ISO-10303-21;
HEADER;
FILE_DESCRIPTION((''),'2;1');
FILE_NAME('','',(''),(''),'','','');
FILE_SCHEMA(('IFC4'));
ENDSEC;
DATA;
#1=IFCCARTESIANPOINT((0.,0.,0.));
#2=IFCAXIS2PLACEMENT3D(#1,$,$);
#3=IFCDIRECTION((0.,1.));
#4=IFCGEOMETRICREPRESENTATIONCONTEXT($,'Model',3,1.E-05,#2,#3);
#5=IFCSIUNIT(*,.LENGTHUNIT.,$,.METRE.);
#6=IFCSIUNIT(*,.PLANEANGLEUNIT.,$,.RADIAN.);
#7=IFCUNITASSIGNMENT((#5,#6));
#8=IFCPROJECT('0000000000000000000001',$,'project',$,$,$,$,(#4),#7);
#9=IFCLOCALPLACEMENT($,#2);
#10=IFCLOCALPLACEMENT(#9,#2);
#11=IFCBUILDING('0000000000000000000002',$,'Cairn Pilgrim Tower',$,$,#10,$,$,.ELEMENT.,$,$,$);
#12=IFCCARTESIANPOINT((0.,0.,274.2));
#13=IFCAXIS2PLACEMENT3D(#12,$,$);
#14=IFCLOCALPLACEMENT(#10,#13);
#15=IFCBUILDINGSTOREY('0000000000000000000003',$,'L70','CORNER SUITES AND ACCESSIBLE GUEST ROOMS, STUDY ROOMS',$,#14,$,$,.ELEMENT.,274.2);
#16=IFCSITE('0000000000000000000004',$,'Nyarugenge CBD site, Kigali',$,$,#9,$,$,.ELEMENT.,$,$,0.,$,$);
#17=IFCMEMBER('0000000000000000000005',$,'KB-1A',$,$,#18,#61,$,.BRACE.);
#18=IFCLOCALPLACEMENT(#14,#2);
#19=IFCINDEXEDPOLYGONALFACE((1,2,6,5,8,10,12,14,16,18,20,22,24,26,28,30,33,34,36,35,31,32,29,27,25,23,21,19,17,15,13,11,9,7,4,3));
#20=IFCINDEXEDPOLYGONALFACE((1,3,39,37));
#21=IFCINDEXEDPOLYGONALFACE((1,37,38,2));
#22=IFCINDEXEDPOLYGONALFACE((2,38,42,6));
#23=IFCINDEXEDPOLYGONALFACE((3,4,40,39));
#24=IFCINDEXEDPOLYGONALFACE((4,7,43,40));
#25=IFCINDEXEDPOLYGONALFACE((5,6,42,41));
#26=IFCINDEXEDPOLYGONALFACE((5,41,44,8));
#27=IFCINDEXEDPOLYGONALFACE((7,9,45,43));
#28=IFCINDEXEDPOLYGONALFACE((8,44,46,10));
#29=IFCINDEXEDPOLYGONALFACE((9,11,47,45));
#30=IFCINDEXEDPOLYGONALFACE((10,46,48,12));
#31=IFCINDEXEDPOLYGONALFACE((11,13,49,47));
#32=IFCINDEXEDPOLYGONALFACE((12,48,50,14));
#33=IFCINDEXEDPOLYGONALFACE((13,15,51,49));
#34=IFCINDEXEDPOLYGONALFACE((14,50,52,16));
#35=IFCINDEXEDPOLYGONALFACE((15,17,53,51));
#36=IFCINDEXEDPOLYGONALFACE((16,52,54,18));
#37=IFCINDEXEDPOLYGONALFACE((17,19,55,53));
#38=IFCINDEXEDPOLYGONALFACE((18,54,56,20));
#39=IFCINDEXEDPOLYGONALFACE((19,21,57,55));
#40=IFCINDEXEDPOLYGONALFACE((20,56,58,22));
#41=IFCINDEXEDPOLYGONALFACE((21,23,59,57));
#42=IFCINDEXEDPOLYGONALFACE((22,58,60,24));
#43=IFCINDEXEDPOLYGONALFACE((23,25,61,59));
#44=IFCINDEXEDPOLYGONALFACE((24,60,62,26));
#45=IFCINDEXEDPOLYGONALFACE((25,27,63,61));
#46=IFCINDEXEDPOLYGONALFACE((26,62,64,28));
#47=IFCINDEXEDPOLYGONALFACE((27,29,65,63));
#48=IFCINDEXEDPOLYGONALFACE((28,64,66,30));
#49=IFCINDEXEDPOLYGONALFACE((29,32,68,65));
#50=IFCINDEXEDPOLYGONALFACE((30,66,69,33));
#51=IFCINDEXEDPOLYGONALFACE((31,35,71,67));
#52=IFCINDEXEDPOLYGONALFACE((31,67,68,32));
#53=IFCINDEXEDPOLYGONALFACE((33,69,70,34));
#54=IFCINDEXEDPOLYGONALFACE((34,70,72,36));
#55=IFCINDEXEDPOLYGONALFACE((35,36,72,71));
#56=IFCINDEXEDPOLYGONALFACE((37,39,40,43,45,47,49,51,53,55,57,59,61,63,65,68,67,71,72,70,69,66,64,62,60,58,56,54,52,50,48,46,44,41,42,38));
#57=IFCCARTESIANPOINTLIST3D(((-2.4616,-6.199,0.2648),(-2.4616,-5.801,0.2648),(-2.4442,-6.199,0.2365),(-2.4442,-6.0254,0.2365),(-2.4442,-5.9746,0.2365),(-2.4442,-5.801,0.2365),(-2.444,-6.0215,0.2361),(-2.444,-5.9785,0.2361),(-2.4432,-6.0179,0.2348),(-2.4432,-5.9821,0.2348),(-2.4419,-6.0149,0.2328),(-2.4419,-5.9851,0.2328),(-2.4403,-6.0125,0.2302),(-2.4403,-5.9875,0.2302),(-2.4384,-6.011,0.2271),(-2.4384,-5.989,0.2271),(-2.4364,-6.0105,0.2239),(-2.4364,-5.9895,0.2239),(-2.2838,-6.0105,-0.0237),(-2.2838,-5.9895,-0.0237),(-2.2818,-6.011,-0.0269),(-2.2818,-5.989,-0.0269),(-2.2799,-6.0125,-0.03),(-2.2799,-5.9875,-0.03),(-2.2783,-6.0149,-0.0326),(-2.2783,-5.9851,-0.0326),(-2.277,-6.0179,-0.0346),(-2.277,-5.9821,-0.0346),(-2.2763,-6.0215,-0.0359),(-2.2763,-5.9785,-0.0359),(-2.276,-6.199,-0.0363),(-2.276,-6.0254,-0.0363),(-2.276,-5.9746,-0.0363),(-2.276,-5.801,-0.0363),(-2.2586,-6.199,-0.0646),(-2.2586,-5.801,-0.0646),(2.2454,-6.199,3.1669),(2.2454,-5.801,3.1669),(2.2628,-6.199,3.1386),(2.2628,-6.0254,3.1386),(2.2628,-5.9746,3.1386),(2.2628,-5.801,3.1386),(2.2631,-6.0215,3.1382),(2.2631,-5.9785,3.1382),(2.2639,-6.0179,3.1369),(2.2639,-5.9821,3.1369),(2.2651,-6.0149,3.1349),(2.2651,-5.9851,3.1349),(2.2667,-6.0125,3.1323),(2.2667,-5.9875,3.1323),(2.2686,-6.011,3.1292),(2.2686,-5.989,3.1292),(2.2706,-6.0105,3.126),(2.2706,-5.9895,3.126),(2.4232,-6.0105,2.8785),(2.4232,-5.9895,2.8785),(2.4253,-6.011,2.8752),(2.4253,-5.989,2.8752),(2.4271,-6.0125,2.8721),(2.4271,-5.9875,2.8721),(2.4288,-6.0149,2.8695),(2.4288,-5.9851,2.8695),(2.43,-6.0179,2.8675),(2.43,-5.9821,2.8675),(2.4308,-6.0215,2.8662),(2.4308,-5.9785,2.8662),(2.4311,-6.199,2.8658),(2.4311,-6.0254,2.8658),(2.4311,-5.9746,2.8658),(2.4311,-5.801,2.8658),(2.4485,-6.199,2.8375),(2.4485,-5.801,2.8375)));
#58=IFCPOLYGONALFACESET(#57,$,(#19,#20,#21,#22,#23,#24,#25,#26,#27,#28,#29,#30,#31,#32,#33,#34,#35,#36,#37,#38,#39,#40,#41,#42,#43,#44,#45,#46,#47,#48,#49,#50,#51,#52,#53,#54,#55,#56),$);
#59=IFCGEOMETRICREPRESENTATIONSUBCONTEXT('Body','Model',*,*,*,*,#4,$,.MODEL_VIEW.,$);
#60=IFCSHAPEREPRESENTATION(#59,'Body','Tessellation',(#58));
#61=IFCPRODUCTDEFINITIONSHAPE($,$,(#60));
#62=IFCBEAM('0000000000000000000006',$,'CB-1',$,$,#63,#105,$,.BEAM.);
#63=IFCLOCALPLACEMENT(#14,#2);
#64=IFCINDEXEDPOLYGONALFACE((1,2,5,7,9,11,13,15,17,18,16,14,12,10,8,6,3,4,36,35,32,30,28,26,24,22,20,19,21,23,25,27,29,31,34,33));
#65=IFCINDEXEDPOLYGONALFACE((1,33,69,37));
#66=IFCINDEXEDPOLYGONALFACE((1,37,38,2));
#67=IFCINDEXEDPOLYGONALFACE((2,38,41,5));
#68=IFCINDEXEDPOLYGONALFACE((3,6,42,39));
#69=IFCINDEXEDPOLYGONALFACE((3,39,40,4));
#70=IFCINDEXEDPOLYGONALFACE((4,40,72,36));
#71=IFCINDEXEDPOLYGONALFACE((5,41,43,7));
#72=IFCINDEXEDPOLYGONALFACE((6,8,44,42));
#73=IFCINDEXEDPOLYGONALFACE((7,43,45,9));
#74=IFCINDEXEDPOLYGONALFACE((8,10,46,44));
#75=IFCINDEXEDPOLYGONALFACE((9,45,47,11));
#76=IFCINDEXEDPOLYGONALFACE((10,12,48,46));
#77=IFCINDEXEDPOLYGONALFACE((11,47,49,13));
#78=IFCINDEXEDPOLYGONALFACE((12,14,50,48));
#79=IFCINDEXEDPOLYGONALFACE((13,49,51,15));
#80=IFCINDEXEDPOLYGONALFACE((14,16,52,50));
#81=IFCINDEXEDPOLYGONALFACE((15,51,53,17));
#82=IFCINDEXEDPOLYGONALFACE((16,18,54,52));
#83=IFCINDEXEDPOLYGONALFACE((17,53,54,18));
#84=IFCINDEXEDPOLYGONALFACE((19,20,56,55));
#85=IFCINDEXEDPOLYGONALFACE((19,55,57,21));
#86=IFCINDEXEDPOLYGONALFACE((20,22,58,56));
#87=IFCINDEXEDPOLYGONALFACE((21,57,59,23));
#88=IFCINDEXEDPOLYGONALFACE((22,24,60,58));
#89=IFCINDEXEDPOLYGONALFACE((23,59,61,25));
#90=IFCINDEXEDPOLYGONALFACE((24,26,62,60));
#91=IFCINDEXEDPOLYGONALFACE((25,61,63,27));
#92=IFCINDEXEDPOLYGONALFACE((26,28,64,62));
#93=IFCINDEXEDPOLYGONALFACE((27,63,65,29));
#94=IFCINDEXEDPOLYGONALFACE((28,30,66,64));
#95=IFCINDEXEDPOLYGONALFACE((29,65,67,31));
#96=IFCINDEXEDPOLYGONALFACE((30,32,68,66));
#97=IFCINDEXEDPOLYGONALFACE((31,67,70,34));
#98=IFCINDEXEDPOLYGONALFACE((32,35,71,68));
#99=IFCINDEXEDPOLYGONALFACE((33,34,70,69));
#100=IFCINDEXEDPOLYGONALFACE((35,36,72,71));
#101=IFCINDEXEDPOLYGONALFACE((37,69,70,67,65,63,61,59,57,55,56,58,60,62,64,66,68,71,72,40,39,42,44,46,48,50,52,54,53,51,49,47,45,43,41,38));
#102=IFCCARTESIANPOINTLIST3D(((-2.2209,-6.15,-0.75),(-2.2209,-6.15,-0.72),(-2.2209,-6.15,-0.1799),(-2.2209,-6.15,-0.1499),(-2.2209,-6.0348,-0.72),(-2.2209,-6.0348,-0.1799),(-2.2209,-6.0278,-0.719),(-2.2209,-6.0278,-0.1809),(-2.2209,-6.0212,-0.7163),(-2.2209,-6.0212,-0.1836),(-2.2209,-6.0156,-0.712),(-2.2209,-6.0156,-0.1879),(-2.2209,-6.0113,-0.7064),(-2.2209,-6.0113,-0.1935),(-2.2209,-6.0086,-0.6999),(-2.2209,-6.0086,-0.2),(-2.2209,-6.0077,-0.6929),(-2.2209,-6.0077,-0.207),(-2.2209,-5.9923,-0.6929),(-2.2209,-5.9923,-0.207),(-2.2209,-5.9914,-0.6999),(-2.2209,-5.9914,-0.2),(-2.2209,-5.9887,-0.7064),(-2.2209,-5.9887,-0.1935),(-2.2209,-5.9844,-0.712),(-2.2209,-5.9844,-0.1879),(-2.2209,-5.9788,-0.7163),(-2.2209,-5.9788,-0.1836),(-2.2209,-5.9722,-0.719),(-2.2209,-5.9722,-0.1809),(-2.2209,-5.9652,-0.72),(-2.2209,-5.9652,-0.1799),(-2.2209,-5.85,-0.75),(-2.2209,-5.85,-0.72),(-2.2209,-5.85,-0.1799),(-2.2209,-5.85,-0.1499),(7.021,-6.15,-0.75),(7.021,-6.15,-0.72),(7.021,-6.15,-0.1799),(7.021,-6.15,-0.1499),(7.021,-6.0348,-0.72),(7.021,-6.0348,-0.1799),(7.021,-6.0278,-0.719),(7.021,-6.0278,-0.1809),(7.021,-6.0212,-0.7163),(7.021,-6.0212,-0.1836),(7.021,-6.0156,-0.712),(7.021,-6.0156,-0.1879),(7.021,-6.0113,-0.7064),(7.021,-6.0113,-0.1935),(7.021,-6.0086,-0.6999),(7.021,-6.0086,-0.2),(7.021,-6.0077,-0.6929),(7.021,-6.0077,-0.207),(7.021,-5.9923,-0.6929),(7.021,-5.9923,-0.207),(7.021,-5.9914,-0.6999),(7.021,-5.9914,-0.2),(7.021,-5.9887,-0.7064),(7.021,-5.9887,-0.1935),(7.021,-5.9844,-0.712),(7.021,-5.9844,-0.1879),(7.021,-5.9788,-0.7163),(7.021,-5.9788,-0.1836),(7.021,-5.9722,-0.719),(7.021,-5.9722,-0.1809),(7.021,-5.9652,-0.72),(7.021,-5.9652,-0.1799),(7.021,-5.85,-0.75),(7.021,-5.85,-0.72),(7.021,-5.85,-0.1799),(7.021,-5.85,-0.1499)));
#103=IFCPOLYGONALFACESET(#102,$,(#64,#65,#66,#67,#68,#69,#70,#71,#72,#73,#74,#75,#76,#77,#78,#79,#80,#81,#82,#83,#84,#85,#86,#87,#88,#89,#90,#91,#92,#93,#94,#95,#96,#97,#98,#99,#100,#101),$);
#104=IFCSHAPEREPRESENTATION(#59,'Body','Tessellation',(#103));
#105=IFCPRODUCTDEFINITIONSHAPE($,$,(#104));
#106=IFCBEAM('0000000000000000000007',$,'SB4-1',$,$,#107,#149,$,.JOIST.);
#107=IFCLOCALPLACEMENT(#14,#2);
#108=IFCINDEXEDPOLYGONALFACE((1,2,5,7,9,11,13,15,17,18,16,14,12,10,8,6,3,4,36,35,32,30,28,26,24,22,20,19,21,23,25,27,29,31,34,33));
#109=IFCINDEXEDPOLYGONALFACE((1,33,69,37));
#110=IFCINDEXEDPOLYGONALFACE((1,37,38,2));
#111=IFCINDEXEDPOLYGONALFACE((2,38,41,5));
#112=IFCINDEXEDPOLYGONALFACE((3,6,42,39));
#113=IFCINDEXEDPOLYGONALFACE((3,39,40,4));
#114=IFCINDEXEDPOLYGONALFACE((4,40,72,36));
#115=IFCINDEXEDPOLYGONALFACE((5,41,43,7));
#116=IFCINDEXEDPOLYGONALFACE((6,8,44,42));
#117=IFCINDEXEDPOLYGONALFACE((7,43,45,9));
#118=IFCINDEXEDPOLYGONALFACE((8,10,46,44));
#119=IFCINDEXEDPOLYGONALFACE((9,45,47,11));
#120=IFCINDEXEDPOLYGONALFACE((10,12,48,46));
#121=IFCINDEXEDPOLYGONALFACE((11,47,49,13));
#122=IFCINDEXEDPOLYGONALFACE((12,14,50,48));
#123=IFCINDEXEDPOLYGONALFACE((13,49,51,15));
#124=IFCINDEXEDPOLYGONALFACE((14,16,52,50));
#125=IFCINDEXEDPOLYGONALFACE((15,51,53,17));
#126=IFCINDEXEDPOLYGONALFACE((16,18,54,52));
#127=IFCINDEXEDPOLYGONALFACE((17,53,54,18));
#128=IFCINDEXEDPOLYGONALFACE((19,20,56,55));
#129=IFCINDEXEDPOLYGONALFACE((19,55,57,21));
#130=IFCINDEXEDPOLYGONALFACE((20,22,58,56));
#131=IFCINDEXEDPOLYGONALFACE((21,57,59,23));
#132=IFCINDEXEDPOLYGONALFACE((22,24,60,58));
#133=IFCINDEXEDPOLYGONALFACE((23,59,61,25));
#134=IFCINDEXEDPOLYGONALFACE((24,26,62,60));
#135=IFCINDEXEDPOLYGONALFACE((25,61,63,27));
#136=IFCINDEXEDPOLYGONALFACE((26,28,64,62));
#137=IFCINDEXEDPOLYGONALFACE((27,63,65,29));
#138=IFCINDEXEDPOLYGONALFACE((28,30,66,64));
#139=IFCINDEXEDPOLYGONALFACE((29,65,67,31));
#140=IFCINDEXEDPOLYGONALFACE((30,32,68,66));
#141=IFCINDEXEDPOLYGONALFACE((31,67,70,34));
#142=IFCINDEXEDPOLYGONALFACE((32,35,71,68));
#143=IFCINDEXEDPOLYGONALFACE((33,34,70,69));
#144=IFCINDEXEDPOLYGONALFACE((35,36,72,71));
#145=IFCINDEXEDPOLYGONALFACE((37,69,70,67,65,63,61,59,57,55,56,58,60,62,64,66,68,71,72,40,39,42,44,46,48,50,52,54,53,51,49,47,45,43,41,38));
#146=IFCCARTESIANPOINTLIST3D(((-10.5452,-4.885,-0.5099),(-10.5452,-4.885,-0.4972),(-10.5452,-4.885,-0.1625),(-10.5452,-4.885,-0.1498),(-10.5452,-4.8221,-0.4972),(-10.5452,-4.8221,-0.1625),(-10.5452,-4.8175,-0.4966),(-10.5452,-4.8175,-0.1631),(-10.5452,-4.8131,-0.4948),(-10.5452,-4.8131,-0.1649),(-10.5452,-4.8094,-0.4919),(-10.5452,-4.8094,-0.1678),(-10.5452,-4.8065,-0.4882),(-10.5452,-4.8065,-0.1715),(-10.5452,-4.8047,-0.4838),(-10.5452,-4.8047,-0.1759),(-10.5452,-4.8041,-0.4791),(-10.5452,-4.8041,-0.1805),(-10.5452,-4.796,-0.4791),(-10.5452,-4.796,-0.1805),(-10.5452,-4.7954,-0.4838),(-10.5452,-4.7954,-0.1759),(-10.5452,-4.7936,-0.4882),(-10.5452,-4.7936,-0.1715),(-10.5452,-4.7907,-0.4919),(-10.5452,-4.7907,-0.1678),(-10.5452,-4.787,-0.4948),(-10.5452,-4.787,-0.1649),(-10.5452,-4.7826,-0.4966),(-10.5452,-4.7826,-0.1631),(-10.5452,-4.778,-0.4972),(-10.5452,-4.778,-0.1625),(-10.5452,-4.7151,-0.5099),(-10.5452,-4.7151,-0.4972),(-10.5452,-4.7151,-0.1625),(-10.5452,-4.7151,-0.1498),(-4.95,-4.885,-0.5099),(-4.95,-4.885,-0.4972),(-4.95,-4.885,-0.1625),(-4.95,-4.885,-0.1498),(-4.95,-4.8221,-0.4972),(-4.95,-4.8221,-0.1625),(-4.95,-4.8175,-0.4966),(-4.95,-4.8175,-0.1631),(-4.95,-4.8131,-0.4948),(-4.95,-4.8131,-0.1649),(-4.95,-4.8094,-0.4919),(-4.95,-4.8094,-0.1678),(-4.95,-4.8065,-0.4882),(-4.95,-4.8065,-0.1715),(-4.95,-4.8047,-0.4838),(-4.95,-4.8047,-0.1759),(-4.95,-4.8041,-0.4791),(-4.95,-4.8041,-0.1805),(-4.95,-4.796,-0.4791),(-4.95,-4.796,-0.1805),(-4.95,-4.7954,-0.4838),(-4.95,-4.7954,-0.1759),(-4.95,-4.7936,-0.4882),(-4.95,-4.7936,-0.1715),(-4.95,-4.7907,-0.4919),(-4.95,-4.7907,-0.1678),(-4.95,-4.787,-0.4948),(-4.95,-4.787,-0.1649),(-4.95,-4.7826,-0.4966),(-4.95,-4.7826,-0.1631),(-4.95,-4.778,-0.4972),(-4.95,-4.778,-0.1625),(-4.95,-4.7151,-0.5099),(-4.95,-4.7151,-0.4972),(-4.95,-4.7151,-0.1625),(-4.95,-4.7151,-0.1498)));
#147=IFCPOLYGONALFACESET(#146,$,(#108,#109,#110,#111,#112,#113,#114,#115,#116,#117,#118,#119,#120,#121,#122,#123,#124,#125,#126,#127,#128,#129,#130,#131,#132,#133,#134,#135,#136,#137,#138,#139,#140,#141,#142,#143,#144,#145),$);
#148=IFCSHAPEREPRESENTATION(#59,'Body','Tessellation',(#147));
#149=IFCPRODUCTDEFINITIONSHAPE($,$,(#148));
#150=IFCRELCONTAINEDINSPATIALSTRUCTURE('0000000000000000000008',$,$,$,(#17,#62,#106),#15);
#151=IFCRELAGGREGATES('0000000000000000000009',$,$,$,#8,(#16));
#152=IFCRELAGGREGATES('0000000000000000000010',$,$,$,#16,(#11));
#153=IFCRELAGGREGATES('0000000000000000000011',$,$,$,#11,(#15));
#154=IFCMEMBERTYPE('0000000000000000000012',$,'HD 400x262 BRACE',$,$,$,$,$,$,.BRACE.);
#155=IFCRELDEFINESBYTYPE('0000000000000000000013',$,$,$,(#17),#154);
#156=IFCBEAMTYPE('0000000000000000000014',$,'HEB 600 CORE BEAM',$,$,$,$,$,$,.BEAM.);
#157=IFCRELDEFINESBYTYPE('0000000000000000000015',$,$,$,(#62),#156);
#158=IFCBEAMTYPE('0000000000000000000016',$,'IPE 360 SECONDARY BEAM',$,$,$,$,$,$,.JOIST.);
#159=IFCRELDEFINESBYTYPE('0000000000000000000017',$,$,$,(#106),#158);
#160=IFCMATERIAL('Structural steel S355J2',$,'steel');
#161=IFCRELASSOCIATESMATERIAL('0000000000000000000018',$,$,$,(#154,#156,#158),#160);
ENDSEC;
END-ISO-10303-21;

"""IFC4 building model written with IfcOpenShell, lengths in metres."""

from ifc_helpers import new_model, si_unit, direction, frame, origin, origin_2d, place, context, subcontext, project, spatial, i_section, extrude, material, material_profile, profile_set, type_object, element, save


model = new_model("IFC4")

# Units and contexts
model_context = context("Model", 3, precision=1e-05, world=origin(), true_north=direction((0.0, 1.0)))
body_context = subcontext(model_context, "Body", "Model", "MODEL_VIEW")
ifc_project = project(units=[si_unit("LENGTHUNIT", "METRE"), si_unit("PLANEANGLEUNIT", "RADIAN")], contexts=[model_context])

# Site, building, storey
site_placement = place(None, origin())
site = spatial("IfcSite", under=ifc_project, at=site_placement, Name="Nyarugenge CBD site, Kigali", CompositionType="ELEMENT", RefElevation=0.0)
building_placement = place(site_placement, origin())
building = spatial("IfcBuilding", under=site, at=building_placement, Name="Cairn Pilgrim Tower", CompositionType="ELEMENT")
storey_placement = place(building_placement, frame((0.0, 0.0, 274.2)))
storey = spatial("IfcBuildingStorey", under=building, at=storey_placement, Name="L70", Description="CORNER SUITES AND ACCESSIBLE GUEST ROOMS, STUDY ROOMS", CompositionType="ELEMENT", Elevation=274.2)

# Shared definitions
ifc_material_1 = material(Name="Structural steel S355J2", Category="steel")

# Member
ifc_material_profile_1 = material_profile(ifc_material_1, i_section(OverallWidth=0.3979, OverallDepth=0.387, WebThickness=0.021, FlangeThickness=0.0332, FilletRadius=0.0149, at=origin_2d()), Name="HD 400x262")
ifc_profile_set_1 = profile_set([ifc_material_profile_1], Name="Structural steel S355J2")
member_type_1 = type_object("IfcMemberType", Name="HD 400x262 BRACE", PredefinedType="BRACE", material=ifc_profile_set_1)
member_1_placement = place(storey_placement, frame((-2.3601, -6.0, 0.1001), z_axis=(0.851217, 0.0, 0.524814), x_axis=(0.0, 1.0, 0.0)))
element("IfcMember", 1, at=member_1_placement, inside=storey, type_object=member_type_1, Name="KB-1A", PredefinedType="BRACE", context=body_context, shape_type="SweptSolid", body=[
    extrude(i_section(OverallWidth=0.3979, OverallDepth=0.387, WebThickness=0.021, FlangeThickness=0.0332, FilletRadius=0.0149, at=origin_2d()), origin(), (0.0, 0.0, 1.0), 5.5298),
])

# Beams
ifc_material_profile_2 = material_profile(ifc_material_1, i_section(OverallWidth=0.3, OverallDepth=0.6001, WebThickness=0.0154, FlangeThickness=0.03, FilletRadius=0.0271, at=origin_2d()), Name="HEB 600")
ifc_profile_set_2 = profile_set([ifc_material_profile_2], Name="Structural steel S355J2")
beam_type_1 = type_object("IfcBeamType", Name="HEB 600 CORE BEAM", PredefinedType="BEAM", material=ifc_profile_set_2)
beam_1_placement = place(storey_placement, frame((-2.2209, -6.0, -0.45), z_axis=(1.0, 0.0, 0.0), x_axis=(0.0, 1.0, 0.0)))
element("IfcBeam", 2, at=beam_1_placement, inside=storey, type_object=beam_type_1, Name="CB-1", PredefinedType="BEAM", context=body_context, shape_type="SweptSolid", body=[
    extrude(i_section(OverallWidth=0.3, OverallDepth=0.6001, WebThickness=0.0154, FlangeThickness=0.03, FilletRadius=0.0271, at=origin_2d()), origin(), (0.0, 0.0, 1.0), 9.2419),
])
ifc_material_profile_3 = material_profile(ifc_material_1, i_section(OverallWidth=0.1699, OverallDepth=0.3601, WebThickness=0.0081, FlangeThickness=0.0127, FilletRadius=0.0181, at=origin_2d()), Name="IPE 360")
ifc_profile_set_3 = profile_set([ifc_material_profile_3], Name="Structural steel S355J2")
beam_type_2 = type_object("IfcBeamType", Name="IPE 360 SECONDARY BEAM", PredefinedType="JOIST", material=ifc_profile_set_3)
beam_2_placement = place(storey_placement, frame((-10.5452, -4.8, -0.3298), z_axis=(1.0, 0.0, 0.0), x_axis=(0.0, 1.0, 0.0)))
element("IfcBeam", 3, at=beam_2_placement, inside=storey, type_object=beam_type_2, Name="SB4-1", PredefinedType="JOIST", context=body_context, shape_type="SweptSolid", body=[
    extrude(i_section(OverallWidth=0.1699, OverallDepth=0.3601, WebThickness=0.0081, FlangeThickness=0.0127, FilletRadius=0.0181, at=origin_2d()), origin(), (0.0, 0.0, 1.0), 5.5952),
])

save(model, "model.ifc")
